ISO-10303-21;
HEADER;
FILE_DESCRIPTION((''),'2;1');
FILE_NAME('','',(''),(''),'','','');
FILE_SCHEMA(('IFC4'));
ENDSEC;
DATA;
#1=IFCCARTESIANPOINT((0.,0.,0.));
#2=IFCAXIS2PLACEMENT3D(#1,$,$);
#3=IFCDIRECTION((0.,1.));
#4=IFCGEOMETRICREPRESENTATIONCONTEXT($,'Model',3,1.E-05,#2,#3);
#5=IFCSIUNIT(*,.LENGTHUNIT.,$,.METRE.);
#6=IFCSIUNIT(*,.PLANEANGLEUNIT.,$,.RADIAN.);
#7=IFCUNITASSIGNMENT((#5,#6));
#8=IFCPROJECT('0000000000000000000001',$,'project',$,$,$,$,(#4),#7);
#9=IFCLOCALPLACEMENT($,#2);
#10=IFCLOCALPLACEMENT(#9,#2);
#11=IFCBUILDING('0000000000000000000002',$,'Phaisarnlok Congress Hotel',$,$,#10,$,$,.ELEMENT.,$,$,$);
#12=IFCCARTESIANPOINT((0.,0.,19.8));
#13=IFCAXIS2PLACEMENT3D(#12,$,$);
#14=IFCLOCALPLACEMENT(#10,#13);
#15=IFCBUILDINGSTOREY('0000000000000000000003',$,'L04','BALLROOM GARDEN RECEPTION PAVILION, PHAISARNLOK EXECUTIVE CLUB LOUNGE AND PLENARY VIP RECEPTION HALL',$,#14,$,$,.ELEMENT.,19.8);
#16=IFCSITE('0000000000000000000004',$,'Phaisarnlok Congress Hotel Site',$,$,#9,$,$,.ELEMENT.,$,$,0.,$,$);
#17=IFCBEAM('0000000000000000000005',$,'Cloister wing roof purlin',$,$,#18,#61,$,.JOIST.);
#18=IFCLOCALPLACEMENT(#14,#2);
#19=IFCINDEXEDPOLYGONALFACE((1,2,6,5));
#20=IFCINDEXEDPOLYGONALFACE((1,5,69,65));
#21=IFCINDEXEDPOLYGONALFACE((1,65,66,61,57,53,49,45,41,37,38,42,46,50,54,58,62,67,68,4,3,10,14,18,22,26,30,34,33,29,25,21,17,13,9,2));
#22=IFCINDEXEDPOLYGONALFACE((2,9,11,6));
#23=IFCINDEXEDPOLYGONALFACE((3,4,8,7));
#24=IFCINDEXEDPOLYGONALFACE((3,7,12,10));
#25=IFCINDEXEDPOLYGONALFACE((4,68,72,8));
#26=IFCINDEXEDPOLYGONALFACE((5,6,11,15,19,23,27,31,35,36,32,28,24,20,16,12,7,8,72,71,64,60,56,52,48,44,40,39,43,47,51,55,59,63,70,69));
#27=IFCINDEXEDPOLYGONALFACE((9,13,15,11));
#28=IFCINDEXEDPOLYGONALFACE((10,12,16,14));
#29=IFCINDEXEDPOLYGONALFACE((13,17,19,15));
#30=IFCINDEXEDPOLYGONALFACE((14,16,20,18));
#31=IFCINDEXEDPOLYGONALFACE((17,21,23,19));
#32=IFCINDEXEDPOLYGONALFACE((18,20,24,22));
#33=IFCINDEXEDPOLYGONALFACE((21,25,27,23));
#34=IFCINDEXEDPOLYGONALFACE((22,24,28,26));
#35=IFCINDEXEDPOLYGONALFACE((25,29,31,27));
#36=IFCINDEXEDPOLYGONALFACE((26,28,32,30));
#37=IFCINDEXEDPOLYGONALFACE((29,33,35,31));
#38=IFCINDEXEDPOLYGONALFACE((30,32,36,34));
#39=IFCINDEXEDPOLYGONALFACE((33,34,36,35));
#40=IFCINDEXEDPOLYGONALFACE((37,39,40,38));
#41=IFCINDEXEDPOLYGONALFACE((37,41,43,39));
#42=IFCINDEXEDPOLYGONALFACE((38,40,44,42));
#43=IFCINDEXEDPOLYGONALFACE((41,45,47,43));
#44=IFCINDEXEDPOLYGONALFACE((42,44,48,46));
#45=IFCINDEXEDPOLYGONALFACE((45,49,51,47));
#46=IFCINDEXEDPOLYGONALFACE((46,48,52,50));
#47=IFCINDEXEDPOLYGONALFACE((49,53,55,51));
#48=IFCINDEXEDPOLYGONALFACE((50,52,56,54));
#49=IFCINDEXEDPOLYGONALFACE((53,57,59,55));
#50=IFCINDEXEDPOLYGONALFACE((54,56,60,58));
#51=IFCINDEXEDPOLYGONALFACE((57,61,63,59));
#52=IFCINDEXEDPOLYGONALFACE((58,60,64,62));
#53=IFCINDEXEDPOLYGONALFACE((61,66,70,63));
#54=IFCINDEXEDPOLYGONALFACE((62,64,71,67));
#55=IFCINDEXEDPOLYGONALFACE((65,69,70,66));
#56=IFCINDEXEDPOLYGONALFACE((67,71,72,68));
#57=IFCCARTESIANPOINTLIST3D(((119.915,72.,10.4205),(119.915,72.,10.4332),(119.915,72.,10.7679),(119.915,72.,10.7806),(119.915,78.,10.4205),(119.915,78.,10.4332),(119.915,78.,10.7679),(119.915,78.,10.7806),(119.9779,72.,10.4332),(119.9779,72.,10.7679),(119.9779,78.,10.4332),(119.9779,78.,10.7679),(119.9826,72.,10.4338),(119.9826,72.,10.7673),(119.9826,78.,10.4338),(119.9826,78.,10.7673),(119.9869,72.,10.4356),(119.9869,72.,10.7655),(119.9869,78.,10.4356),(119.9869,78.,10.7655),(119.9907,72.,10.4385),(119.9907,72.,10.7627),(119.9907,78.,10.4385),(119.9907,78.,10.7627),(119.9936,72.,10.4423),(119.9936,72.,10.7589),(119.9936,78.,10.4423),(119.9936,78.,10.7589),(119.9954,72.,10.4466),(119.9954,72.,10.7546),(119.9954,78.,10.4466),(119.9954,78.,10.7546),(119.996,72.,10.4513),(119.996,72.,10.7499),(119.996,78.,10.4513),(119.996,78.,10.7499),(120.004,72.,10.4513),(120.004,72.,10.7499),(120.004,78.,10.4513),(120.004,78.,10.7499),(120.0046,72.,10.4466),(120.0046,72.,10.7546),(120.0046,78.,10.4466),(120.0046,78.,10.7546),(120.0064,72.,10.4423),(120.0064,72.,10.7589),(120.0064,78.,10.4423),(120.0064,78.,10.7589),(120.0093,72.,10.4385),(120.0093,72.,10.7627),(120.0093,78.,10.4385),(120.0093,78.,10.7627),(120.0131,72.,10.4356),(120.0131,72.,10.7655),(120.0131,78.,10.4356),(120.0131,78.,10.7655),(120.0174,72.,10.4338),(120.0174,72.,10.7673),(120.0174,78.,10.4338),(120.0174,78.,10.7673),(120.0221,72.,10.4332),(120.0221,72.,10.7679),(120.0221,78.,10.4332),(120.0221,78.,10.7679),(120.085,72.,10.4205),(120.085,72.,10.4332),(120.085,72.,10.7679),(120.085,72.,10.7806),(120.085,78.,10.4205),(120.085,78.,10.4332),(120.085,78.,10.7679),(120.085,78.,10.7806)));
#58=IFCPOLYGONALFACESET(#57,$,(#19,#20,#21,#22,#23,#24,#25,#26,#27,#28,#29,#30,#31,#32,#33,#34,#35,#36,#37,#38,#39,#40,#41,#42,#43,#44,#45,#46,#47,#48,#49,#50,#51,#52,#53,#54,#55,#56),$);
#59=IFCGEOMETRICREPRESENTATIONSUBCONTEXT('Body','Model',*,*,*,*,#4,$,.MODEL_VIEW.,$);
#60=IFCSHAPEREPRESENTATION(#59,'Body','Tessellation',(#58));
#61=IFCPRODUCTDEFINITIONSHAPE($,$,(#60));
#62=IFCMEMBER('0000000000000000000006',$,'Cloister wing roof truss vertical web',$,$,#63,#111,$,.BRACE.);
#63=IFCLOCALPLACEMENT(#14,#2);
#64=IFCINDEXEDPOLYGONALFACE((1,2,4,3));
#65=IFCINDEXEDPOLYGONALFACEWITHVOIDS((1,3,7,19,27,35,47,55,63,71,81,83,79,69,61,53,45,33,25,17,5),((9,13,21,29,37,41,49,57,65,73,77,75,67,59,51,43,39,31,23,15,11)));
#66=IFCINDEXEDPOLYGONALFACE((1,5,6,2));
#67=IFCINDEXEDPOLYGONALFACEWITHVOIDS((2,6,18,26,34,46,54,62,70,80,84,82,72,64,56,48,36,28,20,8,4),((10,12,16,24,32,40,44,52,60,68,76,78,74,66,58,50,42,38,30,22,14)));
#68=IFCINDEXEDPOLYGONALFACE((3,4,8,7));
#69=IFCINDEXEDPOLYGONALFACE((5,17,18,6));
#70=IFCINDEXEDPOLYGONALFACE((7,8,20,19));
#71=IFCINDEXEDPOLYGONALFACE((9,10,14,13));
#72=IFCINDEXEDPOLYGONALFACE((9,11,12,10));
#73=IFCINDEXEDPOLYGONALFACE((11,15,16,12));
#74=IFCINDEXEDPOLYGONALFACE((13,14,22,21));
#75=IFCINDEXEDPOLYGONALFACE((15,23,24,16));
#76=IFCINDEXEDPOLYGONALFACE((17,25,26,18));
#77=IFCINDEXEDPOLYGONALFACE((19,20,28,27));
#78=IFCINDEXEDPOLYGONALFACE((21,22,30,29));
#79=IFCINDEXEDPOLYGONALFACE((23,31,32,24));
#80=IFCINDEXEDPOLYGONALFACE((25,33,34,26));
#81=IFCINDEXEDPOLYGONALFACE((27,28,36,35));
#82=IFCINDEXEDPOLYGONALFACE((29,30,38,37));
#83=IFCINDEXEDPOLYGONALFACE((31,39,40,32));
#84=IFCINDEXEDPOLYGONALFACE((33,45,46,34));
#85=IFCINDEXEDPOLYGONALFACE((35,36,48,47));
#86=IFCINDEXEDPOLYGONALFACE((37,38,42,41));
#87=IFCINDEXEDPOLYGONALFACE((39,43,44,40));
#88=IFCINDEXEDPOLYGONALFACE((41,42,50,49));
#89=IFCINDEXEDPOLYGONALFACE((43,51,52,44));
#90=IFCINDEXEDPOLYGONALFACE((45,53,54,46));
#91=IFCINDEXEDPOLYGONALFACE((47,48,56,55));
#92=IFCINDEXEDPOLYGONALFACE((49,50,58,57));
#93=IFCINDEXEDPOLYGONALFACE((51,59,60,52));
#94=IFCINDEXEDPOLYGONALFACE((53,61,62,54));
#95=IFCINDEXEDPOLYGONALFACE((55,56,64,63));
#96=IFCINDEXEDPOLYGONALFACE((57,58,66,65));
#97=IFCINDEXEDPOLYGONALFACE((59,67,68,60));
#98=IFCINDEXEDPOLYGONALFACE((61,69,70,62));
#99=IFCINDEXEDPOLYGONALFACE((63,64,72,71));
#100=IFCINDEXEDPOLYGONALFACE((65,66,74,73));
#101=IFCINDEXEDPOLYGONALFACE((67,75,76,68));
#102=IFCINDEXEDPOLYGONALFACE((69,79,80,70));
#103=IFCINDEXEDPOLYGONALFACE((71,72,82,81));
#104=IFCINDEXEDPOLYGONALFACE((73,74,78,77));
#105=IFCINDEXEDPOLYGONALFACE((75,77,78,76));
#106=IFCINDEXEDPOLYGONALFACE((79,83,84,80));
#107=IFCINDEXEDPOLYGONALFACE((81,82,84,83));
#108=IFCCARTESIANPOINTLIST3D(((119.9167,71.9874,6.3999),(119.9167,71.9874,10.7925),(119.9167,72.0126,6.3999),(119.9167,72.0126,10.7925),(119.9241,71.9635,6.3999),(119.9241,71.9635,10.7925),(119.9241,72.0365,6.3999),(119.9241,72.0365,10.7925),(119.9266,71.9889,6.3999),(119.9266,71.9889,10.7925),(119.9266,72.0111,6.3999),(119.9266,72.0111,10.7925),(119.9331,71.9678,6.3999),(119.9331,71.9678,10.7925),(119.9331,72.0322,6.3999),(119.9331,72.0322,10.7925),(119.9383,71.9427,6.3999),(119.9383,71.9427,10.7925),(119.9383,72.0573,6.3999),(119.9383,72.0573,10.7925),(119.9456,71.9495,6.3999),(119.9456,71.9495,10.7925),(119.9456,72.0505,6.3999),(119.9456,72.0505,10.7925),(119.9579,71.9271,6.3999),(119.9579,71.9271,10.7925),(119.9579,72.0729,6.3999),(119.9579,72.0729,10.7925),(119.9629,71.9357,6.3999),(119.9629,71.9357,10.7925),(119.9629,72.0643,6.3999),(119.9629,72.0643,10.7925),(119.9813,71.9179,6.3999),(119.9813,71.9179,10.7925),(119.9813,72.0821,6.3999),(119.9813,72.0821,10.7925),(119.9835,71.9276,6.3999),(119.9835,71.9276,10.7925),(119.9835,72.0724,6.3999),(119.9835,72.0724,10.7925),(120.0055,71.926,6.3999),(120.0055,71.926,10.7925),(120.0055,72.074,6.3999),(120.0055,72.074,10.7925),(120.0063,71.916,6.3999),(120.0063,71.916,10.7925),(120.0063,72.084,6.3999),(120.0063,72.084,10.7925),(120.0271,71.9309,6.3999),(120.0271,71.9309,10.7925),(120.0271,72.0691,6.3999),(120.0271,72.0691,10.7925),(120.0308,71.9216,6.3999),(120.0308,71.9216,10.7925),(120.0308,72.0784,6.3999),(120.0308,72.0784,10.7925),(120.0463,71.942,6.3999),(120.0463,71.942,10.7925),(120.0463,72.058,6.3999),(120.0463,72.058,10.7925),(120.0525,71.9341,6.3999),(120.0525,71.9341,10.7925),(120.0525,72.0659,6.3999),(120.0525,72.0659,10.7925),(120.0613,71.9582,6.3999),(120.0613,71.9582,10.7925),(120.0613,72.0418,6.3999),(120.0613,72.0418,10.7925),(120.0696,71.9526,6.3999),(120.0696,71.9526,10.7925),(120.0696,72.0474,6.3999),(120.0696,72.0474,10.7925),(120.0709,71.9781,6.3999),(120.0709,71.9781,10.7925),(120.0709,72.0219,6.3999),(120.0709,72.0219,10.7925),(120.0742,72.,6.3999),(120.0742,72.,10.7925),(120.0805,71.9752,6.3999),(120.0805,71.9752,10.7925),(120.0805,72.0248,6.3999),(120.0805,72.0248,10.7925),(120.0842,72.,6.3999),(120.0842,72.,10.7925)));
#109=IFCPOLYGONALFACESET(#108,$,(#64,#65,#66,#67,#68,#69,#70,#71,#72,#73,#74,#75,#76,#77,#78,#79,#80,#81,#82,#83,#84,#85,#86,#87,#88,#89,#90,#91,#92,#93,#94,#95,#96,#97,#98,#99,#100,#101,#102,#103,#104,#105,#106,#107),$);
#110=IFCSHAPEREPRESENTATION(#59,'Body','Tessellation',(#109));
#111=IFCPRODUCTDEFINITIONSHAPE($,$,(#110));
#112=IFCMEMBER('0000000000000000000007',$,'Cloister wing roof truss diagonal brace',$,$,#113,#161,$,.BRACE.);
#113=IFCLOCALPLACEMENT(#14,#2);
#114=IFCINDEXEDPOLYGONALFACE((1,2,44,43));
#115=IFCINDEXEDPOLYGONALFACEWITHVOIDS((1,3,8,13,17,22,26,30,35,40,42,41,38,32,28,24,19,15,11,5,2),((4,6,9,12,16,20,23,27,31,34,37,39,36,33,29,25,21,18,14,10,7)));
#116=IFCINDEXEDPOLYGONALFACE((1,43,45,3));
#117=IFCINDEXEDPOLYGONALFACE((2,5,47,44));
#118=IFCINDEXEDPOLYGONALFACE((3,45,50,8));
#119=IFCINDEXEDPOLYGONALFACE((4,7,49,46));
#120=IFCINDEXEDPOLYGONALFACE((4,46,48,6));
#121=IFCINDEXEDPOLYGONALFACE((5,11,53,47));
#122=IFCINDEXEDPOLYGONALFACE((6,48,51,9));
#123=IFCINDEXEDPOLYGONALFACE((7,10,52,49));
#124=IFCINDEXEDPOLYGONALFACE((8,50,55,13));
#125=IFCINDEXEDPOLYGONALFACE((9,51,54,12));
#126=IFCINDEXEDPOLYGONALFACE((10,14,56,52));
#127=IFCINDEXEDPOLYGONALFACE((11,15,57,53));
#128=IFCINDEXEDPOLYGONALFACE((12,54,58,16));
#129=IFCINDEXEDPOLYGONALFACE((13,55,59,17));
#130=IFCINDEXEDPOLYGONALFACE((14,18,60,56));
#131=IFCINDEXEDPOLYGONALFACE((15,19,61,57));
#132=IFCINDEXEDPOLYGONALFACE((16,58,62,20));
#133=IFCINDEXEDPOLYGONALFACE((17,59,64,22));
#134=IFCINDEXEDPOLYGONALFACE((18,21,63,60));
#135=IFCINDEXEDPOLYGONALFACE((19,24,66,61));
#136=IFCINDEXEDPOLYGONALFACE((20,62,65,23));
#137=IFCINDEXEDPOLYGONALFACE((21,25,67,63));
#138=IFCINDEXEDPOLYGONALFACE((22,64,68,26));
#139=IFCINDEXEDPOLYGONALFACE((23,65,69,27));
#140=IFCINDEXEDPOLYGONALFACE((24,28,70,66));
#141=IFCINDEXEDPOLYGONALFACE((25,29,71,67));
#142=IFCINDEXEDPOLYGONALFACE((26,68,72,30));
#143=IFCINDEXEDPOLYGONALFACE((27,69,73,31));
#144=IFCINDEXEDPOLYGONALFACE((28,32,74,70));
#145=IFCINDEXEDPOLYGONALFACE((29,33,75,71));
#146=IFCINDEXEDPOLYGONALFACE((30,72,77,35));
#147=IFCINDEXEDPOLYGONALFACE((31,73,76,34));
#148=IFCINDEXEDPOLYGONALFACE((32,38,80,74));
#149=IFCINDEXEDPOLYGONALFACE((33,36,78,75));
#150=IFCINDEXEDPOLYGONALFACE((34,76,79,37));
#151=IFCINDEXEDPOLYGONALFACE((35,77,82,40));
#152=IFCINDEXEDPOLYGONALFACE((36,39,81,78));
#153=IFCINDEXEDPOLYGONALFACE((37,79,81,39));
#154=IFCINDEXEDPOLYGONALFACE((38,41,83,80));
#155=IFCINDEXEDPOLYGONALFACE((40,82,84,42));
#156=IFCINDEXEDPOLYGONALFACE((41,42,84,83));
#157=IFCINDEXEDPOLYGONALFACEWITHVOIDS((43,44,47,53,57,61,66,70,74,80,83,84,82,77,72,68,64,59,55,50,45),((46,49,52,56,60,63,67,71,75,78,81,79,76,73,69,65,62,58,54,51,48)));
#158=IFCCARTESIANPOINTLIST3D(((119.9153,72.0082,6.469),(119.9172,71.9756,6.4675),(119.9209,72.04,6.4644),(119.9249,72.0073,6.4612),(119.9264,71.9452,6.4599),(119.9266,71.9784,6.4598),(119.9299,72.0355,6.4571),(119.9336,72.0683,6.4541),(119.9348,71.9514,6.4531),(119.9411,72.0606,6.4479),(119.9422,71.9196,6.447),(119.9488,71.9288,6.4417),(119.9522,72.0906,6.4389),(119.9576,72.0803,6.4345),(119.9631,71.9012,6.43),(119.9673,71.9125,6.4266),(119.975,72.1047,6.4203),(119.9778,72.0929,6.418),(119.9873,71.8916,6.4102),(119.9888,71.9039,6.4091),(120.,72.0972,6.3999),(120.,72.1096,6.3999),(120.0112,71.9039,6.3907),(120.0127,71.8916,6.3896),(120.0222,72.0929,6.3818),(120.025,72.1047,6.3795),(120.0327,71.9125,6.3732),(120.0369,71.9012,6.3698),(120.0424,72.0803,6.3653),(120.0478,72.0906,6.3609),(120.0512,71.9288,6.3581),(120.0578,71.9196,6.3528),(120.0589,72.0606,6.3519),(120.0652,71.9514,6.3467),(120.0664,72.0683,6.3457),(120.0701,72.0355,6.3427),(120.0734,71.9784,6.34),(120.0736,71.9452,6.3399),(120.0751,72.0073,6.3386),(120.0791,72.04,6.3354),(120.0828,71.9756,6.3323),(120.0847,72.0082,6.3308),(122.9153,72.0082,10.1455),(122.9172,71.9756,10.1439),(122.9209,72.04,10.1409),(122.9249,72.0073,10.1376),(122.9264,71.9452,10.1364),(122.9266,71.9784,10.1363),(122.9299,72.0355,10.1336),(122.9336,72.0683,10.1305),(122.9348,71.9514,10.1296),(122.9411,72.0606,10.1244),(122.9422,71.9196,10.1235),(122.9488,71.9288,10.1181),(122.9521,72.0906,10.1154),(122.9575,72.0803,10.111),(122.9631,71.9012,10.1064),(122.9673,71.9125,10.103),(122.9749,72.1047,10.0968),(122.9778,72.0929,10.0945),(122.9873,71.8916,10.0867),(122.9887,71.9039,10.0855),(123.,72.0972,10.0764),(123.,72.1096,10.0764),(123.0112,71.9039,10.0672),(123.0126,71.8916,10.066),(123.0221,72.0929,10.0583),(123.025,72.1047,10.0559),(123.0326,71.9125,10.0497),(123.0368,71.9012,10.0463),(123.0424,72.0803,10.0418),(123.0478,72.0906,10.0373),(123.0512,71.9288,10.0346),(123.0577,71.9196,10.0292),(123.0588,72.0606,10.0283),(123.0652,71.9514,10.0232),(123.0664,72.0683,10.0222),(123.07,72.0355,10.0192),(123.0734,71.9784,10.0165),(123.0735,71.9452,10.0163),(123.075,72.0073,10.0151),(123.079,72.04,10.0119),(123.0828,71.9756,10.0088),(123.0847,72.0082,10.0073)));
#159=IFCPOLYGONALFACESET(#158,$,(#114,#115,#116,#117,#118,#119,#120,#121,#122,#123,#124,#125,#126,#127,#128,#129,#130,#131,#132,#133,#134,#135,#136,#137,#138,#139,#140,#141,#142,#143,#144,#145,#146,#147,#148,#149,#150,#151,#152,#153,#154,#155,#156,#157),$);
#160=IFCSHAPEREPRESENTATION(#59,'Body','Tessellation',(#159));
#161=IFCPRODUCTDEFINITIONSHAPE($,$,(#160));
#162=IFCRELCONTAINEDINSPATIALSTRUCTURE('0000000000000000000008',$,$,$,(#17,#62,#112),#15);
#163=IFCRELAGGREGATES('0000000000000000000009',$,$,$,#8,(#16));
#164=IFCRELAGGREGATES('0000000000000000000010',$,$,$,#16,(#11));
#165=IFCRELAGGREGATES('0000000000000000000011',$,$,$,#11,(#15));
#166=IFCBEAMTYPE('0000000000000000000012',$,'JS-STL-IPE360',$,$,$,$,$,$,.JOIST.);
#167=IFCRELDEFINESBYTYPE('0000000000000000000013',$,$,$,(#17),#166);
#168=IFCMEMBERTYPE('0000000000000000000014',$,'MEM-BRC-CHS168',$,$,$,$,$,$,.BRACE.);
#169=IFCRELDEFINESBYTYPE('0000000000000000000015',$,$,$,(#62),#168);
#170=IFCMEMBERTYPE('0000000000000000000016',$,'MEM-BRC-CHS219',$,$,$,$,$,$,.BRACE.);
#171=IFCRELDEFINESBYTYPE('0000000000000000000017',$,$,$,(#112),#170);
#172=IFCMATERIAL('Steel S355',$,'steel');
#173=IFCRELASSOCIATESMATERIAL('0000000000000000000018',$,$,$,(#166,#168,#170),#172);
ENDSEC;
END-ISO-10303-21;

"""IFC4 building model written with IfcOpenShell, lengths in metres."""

from ifc_helpers import new_model, si_unit, direction, frame, origin, origin_2d, place, context, subcontext, project, spatial, hollow_circle, i_section, extrude, material, material_profile, profile_set, type_object, element, save


model = new_model("IFC4")

# Units and contexts
model_context = context("Model", 3, precision=1e-05, world=origin(), true_north=direction((0.0, 1.0)))
body_context = subcontext(model_context, "Body", "Model", "MODEL_VIEW")
ifc_project = project(units=[si_unit("LENGTHUNIT", "METRE"), si_unit("PLANEANGLEUNIT", "RADIAN")], contexts=[model_context])

# Site, building, storey
site_placement = place(None, origin())
site = spatial("IfcSite", under=ifc_project, at=site_placement, Name="Phaisarnlok Congress Hotel Site", CompositionType="ELEMENT", RefElevation=0.0)
building_placement = place(site_placement, origin())
building = spatial("IfcBuilding", under=site, at=building_placement, Name="Phaisarnlok Congress Hotel", CompositionType="ELEMENT")
storey_placement = place(building_placement, frame((0.0, 0.0, 19.8)))
storey = spatial("IfcBuildingStorey", under=building, at=storey_placement, Name="L04", Description="BALLROOM GARDEN RECEPTION PAVILION, PHAISARNLOK EXECUTIVE CLUB LOUNGE AND PLENARY VIP RECEPTION HALL", CompositionType="ELEMENT", Elevation=19.8)

# Shared definitions
ifc_material_1 = material(Name="Steel S355", Category="steel")

# Beam
ifc_material_profile_1 = material_profile(ifc_material_1, i_section(OverallWidth=0.1699, OverallDepth=0.3601, WebThickness=0.0081, FlangeThickness=0.0127, FilletRadius=0.0181, at=origin_2d()), Name="IPE 360")
ifc_profile_set_1 = profile_set([ifc_material_profile_1], Name="Steel S355")
beam_type = type_object("IfcBeamType", Name="JS-STL-IPE360", PredefinedType="JOIST", material=ifc_profile_set_1)
beam_placement = place(storey_placement, frame((120.0, 72.0, 10.6006), z_axis=(0.0, 1.0, 0.0), x_axis=(-1.0, 0.0, 0.0)))
element("IfcBeam", 1, at=beam_placement, inside=storey, type_object=beam_type, Name="Cloister wing roof purlin", PredefinedType="JOIST", context=body_context, shape_type="SweptSolid", body=[
    extrude(i_section(OverallWidth=0.1699, OverallDepth=0.3601, WebThickness=0.0081, FlangeThickness=0.0127, FilletRadius=0.0181, at=origin_2d()), origin(), (0.0, 0.0, 1.0), 6.0),
])

# Members
ifc_material_profile_2 = material_profile(ifc_material_1, hollow_circle(Radius=0.0842, WallThickness=0.01, at=origin_2d()), Name="CHS 168.3x10")
ifc_profile_set_2 = profile_set([ifc_material_profile_2], Name="Steel S355")
member_type_1 = type_object("IfcMemberType", Name="MEM-BRC-CHS168", PredefinedType="BRACE", material=ifc_profile_set_2)
member_1_placement = place(storey_placement, frame((120.0, 72.0, 6.3999), z_axis=(0.0, 0.0, 1.0), x_axis=(1.0, 0.0, 0.0)))
element("IfcMember", 2, at=member_1_placement, inside=storey, type_object=member_type_1, Name="Cloister wing roof truss vertical web", PredefinedType="BRACE", context=body_context, shape_type="SweptSolid", body=[
    extrude(hollow_circle(Radius=0.0842, WallThickness=0.01, at=origin_2d()), origin(), (0.0, 0.0, 1.0), 4.3926),
])
ifc_material_profile_3 = material_profile(ifc_material_1, hollow_circle(Radius=0.1096, WallThickness=0.0125, at=origin_2d()), Name="CHS 219.1x12.5")
ifc_profile_set_3 = profile_set([ifc_material_profile_3], Name="Steel S355")
member_type_2 = type_object("IfcMemberType", Name="MEM-BRC-CHS219", PredefinedType="BRACE", material=ifc_profile_set_3)
member_2_placement = place(storey_placement, frame((120.0, 72.0, 6.3999), z_axis=(0.63222, 0.0, 0.774789), x_axis=(0.0, 1.0, 0.0)))
element("IfcMember", 3, at=member_2_placement, inside=storey, type_object=member_type_2, Name="Cloister wing roof truss diagonal brace", PredefinedType="BRACE", context=body_context, shape_type="SweptSolid", body=[
    extrude(hollow_circle(Radius=0.1096, WallThickness=0.0125, at=origin_2d()), origin(), (0.0, 0.0, 1.0), 4.7451),
])

save(model, "model.ifc")
